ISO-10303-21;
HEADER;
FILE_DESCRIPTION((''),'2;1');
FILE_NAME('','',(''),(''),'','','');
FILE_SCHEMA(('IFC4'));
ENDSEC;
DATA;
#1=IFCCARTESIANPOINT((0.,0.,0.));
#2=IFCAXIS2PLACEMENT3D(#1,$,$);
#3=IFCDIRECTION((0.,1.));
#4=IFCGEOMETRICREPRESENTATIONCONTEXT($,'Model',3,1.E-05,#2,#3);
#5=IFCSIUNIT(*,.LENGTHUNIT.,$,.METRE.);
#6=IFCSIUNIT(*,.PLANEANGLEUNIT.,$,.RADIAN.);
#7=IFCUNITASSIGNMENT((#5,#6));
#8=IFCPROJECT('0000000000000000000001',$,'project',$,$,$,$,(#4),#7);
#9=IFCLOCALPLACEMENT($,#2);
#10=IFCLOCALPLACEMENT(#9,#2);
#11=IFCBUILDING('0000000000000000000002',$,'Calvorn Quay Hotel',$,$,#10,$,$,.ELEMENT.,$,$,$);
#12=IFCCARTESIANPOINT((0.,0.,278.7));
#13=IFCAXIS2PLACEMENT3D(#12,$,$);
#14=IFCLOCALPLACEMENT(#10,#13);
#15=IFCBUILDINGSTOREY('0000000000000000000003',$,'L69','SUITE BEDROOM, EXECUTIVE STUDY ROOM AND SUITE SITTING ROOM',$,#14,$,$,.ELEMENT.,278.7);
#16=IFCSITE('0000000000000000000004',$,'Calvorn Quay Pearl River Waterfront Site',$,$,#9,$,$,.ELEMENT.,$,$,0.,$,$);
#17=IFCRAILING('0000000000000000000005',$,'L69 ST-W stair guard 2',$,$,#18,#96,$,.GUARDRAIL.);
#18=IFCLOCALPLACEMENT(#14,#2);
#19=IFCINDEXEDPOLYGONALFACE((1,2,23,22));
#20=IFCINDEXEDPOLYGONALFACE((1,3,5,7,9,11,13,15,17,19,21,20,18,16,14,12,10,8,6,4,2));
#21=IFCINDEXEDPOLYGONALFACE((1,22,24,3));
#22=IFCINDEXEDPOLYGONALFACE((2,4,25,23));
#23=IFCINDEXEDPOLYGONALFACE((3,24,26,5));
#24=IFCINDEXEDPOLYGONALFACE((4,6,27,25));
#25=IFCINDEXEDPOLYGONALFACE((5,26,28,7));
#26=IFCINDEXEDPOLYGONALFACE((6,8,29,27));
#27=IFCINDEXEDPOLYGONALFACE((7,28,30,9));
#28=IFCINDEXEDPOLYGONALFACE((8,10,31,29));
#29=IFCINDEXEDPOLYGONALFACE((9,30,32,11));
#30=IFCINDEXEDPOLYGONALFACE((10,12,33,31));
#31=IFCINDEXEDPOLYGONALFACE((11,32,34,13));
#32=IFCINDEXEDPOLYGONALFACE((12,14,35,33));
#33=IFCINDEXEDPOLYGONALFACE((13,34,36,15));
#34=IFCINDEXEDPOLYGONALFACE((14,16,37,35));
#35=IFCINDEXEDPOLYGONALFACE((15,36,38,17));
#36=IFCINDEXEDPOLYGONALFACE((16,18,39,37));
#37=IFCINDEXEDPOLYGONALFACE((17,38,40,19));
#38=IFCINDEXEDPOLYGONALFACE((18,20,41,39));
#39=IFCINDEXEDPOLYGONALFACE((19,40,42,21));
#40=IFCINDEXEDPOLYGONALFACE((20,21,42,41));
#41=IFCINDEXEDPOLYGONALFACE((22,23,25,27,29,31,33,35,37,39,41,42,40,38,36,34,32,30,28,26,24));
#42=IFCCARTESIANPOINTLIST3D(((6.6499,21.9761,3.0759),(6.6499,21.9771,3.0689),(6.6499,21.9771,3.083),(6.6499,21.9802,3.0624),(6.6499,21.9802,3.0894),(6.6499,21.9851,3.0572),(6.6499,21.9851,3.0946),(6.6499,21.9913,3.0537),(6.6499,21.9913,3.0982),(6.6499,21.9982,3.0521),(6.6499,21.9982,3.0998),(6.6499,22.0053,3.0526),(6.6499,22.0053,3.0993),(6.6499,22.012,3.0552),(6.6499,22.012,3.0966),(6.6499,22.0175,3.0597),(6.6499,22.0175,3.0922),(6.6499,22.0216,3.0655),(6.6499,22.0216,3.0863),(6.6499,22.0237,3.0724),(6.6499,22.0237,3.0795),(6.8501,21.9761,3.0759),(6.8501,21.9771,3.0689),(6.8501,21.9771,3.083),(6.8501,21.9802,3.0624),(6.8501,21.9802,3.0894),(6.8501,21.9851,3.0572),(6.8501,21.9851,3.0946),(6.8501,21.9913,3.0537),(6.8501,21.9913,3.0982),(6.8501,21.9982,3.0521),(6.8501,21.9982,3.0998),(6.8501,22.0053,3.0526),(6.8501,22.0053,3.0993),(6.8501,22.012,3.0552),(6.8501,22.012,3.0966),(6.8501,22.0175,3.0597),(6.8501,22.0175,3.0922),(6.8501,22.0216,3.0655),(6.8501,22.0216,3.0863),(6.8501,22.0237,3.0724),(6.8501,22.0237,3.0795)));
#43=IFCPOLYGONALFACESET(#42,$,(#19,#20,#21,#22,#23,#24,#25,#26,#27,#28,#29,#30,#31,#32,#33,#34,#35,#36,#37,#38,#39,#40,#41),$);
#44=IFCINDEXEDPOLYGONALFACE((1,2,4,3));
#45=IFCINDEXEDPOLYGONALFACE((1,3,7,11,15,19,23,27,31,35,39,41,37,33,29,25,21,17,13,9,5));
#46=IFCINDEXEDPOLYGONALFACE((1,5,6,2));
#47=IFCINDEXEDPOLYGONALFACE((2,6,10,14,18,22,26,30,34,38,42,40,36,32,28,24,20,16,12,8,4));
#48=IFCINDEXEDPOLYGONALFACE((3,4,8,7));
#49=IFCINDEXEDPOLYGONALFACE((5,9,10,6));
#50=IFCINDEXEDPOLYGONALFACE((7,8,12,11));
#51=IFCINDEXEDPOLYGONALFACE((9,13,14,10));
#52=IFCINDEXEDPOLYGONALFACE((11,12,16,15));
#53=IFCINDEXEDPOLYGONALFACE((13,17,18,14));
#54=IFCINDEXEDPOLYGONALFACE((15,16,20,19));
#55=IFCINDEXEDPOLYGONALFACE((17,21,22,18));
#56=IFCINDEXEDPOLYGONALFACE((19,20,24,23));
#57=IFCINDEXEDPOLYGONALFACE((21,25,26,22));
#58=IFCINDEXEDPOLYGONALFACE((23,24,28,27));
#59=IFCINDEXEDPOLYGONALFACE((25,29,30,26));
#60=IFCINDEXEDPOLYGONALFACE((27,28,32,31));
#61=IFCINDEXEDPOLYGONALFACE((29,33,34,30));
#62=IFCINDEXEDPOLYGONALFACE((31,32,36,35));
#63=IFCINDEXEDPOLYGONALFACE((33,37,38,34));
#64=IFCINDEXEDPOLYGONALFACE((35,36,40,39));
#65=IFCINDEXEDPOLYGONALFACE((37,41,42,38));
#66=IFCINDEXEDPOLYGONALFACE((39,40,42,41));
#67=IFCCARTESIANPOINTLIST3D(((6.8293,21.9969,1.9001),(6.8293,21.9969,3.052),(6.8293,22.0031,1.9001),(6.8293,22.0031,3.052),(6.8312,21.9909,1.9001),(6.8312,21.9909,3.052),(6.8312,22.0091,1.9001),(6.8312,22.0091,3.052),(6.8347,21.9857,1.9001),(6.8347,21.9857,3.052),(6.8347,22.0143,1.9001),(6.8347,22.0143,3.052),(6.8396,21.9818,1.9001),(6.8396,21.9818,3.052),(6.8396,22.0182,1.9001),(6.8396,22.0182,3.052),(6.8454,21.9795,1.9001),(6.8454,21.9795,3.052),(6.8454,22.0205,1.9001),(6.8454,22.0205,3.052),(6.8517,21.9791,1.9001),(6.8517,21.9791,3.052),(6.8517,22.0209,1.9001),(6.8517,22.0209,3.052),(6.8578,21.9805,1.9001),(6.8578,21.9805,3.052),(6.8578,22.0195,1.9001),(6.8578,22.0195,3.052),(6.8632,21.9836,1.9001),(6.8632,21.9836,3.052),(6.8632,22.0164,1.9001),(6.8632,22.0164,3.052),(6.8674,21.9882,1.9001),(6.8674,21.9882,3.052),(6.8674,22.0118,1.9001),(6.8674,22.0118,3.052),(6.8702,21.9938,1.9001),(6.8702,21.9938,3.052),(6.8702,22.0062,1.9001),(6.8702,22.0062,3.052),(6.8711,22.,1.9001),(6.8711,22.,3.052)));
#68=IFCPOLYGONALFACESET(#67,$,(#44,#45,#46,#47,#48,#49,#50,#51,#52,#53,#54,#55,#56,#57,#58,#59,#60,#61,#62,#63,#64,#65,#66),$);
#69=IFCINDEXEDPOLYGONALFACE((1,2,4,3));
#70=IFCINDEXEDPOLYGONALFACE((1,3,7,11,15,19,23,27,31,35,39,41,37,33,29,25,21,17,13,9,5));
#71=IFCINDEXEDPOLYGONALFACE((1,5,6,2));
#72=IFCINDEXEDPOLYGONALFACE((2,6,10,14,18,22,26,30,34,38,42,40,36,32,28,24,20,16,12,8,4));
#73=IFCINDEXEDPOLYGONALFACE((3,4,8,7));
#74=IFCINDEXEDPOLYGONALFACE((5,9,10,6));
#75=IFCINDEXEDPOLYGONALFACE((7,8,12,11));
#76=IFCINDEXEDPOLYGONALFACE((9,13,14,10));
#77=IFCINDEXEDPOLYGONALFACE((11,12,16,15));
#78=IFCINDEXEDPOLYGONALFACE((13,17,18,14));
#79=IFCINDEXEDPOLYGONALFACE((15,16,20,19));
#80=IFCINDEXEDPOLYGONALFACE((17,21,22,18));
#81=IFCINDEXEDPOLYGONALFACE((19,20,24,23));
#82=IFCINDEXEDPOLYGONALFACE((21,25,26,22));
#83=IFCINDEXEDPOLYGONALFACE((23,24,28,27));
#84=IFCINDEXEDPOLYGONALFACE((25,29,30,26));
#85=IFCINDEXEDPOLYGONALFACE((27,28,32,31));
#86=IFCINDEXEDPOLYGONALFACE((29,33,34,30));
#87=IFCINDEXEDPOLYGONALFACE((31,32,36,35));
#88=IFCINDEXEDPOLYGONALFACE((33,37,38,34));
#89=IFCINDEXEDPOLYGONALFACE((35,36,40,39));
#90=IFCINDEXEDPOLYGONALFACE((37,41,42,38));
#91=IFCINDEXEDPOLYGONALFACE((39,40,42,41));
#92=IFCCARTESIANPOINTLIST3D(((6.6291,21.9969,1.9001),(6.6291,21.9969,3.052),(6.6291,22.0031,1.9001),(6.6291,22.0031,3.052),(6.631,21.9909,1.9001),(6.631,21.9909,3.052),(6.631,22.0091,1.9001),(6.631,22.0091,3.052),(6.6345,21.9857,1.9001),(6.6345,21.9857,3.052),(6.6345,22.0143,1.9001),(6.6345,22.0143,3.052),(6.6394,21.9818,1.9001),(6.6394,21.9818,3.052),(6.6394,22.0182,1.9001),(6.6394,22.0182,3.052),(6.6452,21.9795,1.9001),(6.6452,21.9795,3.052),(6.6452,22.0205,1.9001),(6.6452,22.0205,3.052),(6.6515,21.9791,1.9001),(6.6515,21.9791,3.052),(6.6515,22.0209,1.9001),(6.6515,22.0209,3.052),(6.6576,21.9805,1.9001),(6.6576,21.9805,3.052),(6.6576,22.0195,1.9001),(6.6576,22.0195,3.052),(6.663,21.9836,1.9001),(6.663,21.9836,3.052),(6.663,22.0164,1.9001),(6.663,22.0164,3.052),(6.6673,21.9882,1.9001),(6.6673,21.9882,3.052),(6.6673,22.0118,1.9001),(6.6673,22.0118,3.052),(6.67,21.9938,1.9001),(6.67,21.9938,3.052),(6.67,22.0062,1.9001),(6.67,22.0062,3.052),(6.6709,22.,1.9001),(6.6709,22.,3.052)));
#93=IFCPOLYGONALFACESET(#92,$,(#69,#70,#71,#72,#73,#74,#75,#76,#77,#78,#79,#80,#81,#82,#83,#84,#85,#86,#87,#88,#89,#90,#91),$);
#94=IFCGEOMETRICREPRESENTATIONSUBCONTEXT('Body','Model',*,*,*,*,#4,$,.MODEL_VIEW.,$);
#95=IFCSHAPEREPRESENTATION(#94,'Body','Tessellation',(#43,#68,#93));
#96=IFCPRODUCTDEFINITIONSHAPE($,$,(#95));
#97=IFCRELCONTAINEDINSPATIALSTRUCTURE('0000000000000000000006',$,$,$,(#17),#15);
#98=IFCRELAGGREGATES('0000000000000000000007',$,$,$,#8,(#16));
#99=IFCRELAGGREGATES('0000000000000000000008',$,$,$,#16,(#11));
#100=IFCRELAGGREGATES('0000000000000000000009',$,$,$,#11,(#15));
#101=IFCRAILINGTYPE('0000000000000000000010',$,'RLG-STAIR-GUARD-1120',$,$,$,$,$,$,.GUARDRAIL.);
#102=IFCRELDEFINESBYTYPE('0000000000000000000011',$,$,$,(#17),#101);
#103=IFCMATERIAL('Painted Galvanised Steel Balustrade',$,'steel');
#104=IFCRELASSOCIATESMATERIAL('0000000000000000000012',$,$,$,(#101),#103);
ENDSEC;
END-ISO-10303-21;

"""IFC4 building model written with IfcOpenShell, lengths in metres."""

from ifc_helpers import new_model, si_unit, direction, frame, origin, origin_2d, place, context, subcontext, project, spatial, circle, extrude, material, type_object, element, save


model = new_model("IFC4")

# Units and contexts
model_context = context("Model", 3, precision=1e-05, world=origin(), true_north=direction((0.0, 1.0)))
body_context = subcontext(model_context, "Body", "Model", "MODEL_VIEW")
ifc_project = project(units=[si_unit("LENGTHUNIT", "METRE"), si_unit("PLANEANGLEUNIT", "RADIAN")], contexts=[model_context])

# Site, building, storey
site_placement = place(None, origin())
site = spatial("IfcSite", under=ifc_project, at=site_placement, Name="Calvorn Quay Pearl River Waterfront Site", CompositionType="ELEMENT", RefElevation=0.0)
building_placement = place(site_placement, origin())
building = spatial("IfcBuilding", under=site, at=building_placement, Name="Calvorn Quay Hotel", CompositionType="ELEMENT")
storey_placement = place(building_placement, frame((0.0, 0.0, 278.7)))
storey = spatial("IfcBuildingStorey", under=building, at=storey_placement, Name="L69", Description="SUITE BEDROOM, EXECUTIVE STUDY ROOM AND SUITE SITTING ROOM", CompositionType="ELEMENT", Elevation=278.7)

# Railing
ifc_material_1 = material(Name="Painted Galvanised Steel Balustrade", Category="steel")
railing_type_1 = type_object("IfcRailingType", Name="RLG-STAIR-GUARD-1120", PredefinedType="GUARDRAIL", material=ifc_material_1)
railing_1_placement = place(storey_placement, frame((6.8501, 22.0, 1.9001)))
element("IfcRailing", 1, at=railing_1_placement, inside=storey, type_object=railing_type_1, Name="L69 ST-W stair guard 2", PredefinedType="GUARDRAIL", context=body_context, shape_type="SweptSolid", body=[
    extrude(circle(Radius=0.0239, at=origin_2d()), frame((0.0, 0.0, 1.1758), z_axis=(-1.0, 0.0, 0.0), x_axis=(0.0, -1.0, 0.0)), (0.0, 0.0, 1.0), 0.2002),
    extrude(circle(Radius=0.021, at=origin_2d()), origin(), (0.0, 0.0, 1.0), 1.1519),
    extrude(circle(Radius=0.021, at=origin_2d()), frame((-0.2002, 0.0, 0.0)), (0.0, 0.0, 1.0), 1.1519),
])

save(model, "model.ifc")
